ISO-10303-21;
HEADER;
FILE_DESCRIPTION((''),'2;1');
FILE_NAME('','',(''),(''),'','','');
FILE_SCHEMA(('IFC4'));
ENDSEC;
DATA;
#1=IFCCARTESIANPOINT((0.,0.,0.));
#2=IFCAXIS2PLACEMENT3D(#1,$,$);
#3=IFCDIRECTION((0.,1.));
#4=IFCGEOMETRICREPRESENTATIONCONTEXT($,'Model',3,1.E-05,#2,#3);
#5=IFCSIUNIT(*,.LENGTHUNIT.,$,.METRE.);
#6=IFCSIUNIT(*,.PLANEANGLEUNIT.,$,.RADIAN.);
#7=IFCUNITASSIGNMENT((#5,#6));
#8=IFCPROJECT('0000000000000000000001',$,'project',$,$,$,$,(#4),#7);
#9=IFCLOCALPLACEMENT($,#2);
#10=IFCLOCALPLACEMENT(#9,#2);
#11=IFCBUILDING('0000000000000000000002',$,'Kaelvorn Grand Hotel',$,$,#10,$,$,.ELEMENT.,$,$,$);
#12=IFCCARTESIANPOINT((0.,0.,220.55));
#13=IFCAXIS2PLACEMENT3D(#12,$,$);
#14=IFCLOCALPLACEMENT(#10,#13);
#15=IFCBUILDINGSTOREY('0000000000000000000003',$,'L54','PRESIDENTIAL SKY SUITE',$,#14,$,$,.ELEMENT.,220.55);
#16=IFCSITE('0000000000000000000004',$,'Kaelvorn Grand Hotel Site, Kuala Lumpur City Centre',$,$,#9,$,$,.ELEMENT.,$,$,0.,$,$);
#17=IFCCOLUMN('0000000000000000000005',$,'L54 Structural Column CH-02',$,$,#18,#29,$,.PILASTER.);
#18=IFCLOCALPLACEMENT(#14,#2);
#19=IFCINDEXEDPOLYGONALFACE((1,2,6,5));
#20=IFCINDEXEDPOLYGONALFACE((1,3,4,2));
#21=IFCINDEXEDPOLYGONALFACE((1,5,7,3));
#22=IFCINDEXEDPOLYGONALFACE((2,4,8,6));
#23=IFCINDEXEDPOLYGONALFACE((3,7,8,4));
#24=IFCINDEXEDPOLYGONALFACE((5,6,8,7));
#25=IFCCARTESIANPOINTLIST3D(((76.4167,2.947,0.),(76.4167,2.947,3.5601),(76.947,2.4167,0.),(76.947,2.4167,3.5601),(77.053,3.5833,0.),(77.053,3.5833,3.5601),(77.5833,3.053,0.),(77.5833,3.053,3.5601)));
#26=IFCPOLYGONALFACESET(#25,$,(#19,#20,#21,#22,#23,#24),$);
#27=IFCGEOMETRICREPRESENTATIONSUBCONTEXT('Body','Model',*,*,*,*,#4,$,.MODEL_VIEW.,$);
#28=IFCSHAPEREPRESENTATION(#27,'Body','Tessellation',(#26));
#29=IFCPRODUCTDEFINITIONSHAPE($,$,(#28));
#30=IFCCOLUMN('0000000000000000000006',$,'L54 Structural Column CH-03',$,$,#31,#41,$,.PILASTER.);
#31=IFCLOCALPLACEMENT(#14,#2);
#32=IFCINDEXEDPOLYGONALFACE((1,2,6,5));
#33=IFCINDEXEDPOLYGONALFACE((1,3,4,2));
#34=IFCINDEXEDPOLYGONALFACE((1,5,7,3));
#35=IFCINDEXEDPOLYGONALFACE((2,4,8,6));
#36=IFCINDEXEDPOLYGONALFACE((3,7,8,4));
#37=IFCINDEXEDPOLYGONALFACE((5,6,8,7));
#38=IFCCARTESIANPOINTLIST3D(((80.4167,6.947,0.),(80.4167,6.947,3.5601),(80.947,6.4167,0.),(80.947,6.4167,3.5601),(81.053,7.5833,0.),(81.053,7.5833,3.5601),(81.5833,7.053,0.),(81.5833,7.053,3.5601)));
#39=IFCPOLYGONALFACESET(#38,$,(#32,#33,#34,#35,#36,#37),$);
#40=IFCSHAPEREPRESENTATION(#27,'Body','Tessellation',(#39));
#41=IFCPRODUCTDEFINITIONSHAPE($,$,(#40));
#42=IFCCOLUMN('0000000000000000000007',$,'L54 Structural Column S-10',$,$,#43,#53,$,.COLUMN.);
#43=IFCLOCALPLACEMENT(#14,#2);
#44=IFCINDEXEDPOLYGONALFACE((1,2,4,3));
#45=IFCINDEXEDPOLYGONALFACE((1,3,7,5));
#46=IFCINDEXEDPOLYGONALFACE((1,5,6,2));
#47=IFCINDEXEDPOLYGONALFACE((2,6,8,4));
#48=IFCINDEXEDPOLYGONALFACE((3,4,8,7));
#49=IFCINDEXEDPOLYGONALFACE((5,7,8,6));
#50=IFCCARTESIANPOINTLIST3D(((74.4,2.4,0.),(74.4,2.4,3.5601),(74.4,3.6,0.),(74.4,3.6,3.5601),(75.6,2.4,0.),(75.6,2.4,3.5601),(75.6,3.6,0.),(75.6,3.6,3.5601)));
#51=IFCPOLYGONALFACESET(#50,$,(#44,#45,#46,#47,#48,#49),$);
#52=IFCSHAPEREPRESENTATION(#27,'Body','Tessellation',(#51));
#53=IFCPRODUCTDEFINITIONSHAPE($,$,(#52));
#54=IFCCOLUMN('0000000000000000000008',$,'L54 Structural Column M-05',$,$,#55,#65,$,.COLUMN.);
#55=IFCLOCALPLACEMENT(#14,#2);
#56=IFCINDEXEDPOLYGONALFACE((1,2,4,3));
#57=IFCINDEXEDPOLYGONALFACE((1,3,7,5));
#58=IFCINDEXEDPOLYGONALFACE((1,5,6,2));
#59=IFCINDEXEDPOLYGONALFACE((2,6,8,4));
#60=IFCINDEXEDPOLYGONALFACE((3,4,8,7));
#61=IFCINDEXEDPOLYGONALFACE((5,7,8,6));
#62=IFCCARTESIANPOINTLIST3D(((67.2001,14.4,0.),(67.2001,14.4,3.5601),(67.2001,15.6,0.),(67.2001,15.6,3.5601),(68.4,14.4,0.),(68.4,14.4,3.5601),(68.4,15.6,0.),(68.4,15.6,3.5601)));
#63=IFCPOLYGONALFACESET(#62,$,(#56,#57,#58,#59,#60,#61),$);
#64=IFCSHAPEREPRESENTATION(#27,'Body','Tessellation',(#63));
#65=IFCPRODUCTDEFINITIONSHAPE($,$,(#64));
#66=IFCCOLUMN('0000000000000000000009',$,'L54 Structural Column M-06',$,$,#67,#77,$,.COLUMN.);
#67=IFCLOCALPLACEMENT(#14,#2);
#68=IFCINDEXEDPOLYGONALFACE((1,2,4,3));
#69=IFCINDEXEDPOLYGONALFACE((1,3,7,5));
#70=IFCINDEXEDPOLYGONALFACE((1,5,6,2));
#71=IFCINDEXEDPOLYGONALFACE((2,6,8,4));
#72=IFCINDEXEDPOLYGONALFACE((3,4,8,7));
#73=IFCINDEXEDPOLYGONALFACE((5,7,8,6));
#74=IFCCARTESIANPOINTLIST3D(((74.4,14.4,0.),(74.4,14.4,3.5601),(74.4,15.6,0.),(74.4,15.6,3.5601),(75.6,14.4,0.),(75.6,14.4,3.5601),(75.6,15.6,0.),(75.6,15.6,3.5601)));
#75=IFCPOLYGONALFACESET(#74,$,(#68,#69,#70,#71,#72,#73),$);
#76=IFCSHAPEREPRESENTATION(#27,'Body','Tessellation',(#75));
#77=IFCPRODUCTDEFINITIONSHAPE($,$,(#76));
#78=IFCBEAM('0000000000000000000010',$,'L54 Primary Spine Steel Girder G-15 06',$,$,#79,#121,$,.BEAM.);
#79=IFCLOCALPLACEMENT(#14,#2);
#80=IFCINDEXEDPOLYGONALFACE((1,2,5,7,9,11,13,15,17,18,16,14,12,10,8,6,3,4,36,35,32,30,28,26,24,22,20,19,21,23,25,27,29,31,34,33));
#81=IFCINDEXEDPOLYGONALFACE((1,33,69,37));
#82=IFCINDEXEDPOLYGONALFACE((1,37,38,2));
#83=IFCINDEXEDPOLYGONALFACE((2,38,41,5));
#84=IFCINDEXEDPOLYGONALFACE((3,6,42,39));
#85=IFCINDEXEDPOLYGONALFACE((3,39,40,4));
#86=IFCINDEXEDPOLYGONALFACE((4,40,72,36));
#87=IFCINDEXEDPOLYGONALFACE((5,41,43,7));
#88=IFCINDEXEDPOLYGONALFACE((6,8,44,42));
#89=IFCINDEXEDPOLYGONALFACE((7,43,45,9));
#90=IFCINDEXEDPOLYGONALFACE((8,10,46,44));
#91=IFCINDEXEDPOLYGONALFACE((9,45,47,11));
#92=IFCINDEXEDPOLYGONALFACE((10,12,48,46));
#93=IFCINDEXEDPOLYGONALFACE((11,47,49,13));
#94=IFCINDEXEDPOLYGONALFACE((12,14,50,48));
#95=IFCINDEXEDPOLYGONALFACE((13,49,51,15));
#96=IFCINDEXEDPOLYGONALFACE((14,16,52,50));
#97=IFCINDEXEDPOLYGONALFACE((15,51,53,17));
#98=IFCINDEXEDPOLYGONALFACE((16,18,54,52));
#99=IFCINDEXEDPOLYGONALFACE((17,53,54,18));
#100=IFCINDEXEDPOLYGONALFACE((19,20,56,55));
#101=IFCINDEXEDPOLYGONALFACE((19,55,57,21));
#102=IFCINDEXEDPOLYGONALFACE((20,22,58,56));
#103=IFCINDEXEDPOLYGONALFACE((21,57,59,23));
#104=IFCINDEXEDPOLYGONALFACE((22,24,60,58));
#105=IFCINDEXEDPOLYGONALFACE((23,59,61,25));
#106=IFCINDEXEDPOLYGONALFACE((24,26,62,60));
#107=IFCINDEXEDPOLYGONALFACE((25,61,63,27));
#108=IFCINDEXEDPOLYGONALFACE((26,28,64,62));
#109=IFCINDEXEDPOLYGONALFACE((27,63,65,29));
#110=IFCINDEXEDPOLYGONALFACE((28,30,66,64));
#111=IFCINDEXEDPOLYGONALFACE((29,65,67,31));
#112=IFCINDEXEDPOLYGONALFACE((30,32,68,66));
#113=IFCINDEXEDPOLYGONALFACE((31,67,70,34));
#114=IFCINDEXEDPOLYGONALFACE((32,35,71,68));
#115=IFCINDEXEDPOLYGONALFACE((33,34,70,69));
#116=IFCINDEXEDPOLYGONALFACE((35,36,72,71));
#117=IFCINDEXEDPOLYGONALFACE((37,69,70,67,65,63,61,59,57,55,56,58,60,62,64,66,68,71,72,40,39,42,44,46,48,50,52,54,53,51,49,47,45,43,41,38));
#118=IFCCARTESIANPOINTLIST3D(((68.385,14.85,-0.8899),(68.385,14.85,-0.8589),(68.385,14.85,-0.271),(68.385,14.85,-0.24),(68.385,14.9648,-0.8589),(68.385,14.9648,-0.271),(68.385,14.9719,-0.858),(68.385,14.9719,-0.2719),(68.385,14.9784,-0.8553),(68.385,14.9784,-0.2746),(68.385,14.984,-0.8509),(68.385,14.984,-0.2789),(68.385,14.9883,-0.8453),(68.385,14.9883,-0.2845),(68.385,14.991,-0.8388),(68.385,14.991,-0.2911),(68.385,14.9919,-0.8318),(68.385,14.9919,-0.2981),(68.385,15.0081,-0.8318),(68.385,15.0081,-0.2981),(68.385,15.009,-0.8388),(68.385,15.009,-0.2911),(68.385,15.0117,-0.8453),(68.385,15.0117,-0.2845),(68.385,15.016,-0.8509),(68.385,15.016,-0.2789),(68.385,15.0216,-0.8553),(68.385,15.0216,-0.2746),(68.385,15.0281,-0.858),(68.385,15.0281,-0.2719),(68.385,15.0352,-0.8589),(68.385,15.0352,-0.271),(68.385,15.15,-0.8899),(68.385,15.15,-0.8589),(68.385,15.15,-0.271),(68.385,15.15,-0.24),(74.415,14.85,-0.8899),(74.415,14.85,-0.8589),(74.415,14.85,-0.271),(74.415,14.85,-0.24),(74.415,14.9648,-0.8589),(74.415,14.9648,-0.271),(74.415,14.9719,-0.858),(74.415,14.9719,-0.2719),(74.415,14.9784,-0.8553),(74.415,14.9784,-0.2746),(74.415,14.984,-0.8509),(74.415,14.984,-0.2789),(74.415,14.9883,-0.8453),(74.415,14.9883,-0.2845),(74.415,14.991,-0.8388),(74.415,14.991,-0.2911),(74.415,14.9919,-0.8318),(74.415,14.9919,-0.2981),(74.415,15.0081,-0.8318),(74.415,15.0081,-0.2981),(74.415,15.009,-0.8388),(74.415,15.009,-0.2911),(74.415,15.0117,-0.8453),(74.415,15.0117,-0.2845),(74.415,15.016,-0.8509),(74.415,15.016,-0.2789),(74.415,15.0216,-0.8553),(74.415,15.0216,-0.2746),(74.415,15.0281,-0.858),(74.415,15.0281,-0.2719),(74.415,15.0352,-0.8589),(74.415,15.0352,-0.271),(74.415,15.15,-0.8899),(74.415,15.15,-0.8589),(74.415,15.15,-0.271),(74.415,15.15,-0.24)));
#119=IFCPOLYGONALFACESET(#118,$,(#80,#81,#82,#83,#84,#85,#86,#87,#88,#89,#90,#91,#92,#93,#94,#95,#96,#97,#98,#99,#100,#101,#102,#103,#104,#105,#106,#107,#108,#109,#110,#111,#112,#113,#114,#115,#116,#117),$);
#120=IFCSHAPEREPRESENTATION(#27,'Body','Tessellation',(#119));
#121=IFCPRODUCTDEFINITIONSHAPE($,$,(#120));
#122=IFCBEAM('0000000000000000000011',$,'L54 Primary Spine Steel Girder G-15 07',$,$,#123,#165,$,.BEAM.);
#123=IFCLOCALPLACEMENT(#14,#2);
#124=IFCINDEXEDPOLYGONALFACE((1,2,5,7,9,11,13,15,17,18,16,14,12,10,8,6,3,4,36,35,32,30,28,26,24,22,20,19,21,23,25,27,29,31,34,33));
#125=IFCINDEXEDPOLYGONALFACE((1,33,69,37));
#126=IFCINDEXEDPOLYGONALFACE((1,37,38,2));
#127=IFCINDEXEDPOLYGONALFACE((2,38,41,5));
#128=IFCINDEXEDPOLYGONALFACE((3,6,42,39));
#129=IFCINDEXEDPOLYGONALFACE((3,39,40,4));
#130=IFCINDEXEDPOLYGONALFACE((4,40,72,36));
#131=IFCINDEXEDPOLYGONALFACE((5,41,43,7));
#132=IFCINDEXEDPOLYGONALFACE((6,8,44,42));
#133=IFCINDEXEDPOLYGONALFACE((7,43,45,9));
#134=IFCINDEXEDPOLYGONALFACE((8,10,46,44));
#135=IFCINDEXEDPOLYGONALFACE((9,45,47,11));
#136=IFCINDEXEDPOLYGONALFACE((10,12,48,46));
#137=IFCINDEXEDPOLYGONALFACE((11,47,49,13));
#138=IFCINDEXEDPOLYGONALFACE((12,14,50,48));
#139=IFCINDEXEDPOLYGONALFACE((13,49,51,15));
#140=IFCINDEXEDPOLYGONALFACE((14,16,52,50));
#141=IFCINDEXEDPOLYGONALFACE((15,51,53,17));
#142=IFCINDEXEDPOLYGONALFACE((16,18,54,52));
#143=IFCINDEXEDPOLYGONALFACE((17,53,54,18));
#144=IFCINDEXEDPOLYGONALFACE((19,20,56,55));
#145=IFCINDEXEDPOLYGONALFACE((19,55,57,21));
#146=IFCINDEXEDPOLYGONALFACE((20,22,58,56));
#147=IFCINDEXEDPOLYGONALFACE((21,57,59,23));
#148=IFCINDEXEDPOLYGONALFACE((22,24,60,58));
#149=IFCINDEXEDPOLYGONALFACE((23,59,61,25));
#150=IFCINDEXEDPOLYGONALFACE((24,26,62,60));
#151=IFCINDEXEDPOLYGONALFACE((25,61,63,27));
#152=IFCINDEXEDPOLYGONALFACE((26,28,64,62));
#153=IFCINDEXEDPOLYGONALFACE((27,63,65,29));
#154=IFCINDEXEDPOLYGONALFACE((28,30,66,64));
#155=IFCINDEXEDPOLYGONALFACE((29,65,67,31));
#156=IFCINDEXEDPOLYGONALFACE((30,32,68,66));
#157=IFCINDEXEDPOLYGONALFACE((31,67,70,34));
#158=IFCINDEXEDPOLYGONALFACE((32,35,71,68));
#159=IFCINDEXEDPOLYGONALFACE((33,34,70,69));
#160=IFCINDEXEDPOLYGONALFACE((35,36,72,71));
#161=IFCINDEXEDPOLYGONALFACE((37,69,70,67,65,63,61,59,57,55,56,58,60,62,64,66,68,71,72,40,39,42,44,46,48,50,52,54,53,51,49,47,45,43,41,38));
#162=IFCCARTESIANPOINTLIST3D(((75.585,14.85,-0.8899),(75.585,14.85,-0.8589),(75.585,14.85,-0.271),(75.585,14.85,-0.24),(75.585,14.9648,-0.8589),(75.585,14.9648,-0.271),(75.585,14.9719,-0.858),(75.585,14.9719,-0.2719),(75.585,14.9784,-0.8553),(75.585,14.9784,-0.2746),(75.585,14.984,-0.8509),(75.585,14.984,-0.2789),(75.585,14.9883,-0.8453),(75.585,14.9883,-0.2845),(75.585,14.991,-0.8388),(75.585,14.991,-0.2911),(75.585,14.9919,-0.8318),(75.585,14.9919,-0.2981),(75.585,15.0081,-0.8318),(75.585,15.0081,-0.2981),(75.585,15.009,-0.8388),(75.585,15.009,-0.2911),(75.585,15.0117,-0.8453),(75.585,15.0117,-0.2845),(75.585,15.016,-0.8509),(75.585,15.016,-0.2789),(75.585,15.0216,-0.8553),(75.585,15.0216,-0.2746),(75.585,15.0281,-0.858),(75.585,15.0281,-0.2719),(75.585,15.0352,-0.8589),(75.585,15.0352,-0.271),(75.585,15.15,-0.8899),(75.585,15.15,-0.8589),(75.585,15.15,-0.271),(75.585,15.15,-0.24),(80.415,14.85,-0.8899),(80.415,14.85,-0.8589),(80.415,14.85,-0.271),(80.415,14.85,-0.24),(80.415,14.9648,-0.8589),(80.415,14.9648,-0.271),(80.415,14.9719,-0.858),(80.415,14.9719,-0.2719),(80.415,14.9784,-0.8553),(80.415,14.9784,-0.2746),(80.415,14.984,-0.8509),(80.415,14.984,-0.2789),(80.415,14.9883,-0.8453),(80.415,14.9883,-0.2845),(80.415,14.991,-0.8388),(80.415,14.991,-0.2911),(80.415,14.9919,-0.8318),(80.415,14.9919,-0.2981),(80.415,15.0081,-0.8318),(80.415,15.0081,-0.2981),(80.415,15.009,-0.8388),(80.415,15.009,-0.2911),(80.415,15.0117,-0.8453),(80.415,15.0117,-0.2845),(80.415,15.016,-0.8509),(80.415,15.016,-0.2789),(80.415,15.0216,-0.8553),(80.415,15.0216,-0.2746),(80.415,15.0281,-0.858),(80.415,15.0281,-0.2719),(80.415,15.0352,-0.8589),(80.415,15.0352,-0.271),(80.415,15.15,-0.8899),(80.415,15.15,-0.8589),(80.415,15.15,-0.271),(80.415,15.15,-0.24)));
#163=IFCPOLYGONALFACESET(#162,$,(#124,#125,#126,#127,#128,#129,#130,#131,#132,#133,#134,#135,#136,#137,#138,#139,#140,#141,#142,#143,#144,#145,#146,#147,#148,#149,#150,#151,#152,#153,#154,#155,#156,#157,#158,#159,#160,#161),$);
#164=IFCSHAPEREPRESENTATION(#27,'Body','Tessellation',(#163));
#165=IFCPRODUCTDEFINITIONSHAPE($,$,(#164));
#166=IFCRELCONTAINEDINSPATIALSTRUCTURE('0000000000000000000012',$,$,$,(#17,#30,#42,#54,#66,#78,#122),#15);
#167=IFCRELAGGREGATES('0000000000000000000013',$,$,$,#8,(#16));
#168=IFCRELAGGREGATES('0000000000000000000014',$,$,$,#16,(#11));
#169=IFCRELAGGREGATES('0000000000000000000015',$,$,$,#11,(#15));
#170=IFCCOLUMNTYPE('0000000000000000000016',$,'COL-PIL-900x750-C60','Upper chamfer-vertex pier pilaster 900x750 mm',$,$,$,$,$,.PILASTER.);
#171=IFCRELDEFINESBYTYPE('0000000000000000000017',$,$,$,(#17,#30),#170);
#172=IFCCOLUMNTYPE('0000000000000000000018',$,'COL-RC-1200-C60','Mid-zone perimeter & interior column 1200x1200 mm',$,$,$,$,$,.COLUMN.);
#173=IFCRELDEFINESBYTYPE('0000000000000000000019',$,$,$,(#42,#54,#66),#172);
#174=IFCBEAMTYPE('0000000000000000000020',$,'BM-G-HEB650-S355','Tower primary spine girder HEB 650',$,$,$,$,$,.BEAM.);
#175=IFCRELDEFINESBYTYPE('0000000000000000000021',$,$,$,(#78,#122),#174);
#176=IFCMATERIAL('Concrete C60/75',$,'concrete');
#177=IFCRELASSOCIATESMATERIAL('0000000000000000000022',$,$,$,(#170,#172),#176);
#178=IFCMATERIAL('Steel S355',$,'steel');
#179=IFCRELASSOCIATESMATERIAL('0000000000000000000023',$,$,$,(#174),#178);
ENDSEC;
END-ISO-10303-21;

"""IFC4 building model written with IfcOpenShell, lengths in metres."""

from ifc_helpers import new_model, si_unit, direction, frame, origin, origin_2d, place, context, subcontext, project, spatial, rectangle, i_section, extrude, material, material_profile, profile_set, type_object, element, save


model = new_model("IFC4")

# Units and contexts
model_context = context("Model", 3, precision=1e-05, world=origin(), true_north=direction((0.0, 1.0)))
body_context = subcontext(model_context, "Body", "Model", "MODEL_VIEW")
ifc_project = project(units=[si_unit("LENGTHUNIT", "METRE"), si_unit("PLANEANGLEUNIT", "RADIAN")], contexts=[model_context])

# Site, building, storey
site_placement = place(None, origin())
site = spatial("IfcSite", under=ifc_project, at=site_placement, Name="Kaelvorn Grand Hotel Site, Kuala Lumpur City Centre", CompositionType="ELEMENT", RefElevation=0.0)
building_placement = place(site_placement, origin())
building = spatial("IfcBuilding", under=site, at=building_placement, Name="Kaelvorn Grand Hotel", CompositionType="ELEMENT")
storey_placement = place(building_placement, frame((0.0, 0.0, 220.55)))
storey = spatial("IfcBuildingStorey", under=building, at=storey_placement, Name="L54", Description="PRESIDENTIAL SKY SUITE", CompositionType="ELEMENT", Elevation=220.55)

# Columns
ifc_material_1 = material(Name="Concrete C60/75", Category="concrete")
ifc_material_profile_1 = material_profile(ifc_material_1, rectangle(XDim=0.8999, YDim=0.75, at=origin_2d()), Name="RC PILASTER 900x750")
ifc_profile_set_1 = profile_set([ifc_material_profile_1], Name="Concrete C60/75")
column_type_1 = type_object("IfcColumnType", Name="COL-PIL-900x750-C60", Description="Upper chamfer-vertex pier pilaster 900x750 mm", PredefinedType="PILASTER", material=ifc_profile_set_1)
for number, where, z_axis, x_axis, name in (
    (1, (77.0, 3.0, 0.0), (0.0, 0.0, 1.0), (0.707107, 0.707107, 0.0), "L54 Structural Column CH-02"),
    (2, (81.0, 7.0, 0.0), (0.0, 0.0, 1.0), (0.707107, 0.707107, 0.0), "L54 Structural Column CH-03"),
):
    element("IfcColumn", number, at=place(storey_placement, frame(where, z_axis=z_axis, x_axis=x_axis)), inside=storey, type_object=column_type_1, Name=name, PredefinedType="PILASTER", context=body_context, shape_type="SweptSolid", body=[
        extrude(rectangle(XDim=0.8999, YDim=0.75, at=origin_2d()), origin(), (0.0, 0.0, 1.0), 3.5601),
    ])
ifc_material_profile_2 = material_profile(ifc_material_1, rectangle(XDim=1.2, YDim=1.2, at=origin_2d()), Name="RC COL 1200x1200")
ifc_profile_set_2 = profile_set([ifc_material_profile_2], Name="Concrete C60/75")
column_type_2 = type_object("IfcColumnType", Name="COL-RC-1200-C60", Description="Mid-zone perimeter & interior column 1200x1200 mm", PredefinedType="COLUMN", material=ifc_profile_set_2)
for number, where, z_axis, x_axis, name in (
    (3, (75.0, 3.0, 0.0), (0.0, 0.0, 1.0), (1.0, 0.0, 0.0), "L54 Structural Column S-10"),
    (4, (67.8, 15.0, 0.0), (0.0, 0.0, 1.0), (1.0, 0.0, 0.0), "L54 Structural Column M-05"),
    (5, (75.0, 15.0, 0.0), (0.0, 0.0, 1.0), (1.0, 0.0, 0.0), "L54 Structural Column M-06"),
):
    element("IfcColumn", number, at=place(storey_placement, frame(where, z_axis=z_axis, x_axis=x_axis)), inside=storey, type_object=column_type_2, Name=name, PredefinedType="COLUMN", context=body_context, shape_type="SweptSolid", body=[
        extrude(rectangle(XDim=1.2, YDim=1.2, at=origin_2d()), origin(), (0.0, 0.0, 1.0), 3.5601),
    ])

# Beams
ifc_material_2 = material(Name="Steel S355", Category="steel")
ifc_material_profile_3 = material_profile(ifc_material_2, i_section(OverallWidth=0.3, OverallDepth=0.6499, WebThickness=0.0161, FlangeThickness=0.031, FilletRadius=0.0271, at=origin_2d()), Name="HEB 650")
ifc_profile_set_3 = profile_set([ifc_material_profile_3], Name="Steel S355")
beam_type_1 = type_object("IfcBeamType", Name="BM-G-HEB650-S355", Description="Tower primary spine girder HEB 650", PredefinedType="BEAM", material=ifc_profile_set_3)
beam_1_placement = place(storey_placement, frame((68.385, 15.0, -0.5649), z_axis=(1.0, 0.0, 0.0), x_axis=(0.0, 1.0, 0.0)))
element("IfcBeam", 6, at=beam_1_placement, inside=storey, type_object=beam_type_1, Name="L54 Primary Spine Steel Girder G-15 06", PredefinedType="BEAM", context=body_context, shape_type="SweptSolid", body=[
    extrude(i_section(OverallWidth=0.3, OverallDepth=0.6499, WebThickness=0.0161, FlangeThickness=0.031, FilletRadius=0.0271, at=origin_2d()), origin(), (0.0, 0.0, 1.0), 6.03),
])
beam_2_placement = place(storey_placement, frame((75.585, 15.0, -0.5649), z_axis=(1.0, 0.0, 0.0), x_axis=(0.0, 1.0, 0.0)))
element("IfcBeam", 7, at=beam_2_placement, inside=storey, type_object=beam_type_1, Name="L54 Primary Spine Steel Girder G-15 07", PredefinedType="BEAM", context=body_context, shape_type="SweptSolid", body=[
    extrude(i_section(OverallWidth=0.3, OverallDepth=0.6499, WebThickness=0.0161, FlangeThickness=0.031, FilletRadius=0.0271, at=origin_2d()), origin(), (0.0, 0.0, 1.0), 4.8301),
])

save(model, "model.ifc")
